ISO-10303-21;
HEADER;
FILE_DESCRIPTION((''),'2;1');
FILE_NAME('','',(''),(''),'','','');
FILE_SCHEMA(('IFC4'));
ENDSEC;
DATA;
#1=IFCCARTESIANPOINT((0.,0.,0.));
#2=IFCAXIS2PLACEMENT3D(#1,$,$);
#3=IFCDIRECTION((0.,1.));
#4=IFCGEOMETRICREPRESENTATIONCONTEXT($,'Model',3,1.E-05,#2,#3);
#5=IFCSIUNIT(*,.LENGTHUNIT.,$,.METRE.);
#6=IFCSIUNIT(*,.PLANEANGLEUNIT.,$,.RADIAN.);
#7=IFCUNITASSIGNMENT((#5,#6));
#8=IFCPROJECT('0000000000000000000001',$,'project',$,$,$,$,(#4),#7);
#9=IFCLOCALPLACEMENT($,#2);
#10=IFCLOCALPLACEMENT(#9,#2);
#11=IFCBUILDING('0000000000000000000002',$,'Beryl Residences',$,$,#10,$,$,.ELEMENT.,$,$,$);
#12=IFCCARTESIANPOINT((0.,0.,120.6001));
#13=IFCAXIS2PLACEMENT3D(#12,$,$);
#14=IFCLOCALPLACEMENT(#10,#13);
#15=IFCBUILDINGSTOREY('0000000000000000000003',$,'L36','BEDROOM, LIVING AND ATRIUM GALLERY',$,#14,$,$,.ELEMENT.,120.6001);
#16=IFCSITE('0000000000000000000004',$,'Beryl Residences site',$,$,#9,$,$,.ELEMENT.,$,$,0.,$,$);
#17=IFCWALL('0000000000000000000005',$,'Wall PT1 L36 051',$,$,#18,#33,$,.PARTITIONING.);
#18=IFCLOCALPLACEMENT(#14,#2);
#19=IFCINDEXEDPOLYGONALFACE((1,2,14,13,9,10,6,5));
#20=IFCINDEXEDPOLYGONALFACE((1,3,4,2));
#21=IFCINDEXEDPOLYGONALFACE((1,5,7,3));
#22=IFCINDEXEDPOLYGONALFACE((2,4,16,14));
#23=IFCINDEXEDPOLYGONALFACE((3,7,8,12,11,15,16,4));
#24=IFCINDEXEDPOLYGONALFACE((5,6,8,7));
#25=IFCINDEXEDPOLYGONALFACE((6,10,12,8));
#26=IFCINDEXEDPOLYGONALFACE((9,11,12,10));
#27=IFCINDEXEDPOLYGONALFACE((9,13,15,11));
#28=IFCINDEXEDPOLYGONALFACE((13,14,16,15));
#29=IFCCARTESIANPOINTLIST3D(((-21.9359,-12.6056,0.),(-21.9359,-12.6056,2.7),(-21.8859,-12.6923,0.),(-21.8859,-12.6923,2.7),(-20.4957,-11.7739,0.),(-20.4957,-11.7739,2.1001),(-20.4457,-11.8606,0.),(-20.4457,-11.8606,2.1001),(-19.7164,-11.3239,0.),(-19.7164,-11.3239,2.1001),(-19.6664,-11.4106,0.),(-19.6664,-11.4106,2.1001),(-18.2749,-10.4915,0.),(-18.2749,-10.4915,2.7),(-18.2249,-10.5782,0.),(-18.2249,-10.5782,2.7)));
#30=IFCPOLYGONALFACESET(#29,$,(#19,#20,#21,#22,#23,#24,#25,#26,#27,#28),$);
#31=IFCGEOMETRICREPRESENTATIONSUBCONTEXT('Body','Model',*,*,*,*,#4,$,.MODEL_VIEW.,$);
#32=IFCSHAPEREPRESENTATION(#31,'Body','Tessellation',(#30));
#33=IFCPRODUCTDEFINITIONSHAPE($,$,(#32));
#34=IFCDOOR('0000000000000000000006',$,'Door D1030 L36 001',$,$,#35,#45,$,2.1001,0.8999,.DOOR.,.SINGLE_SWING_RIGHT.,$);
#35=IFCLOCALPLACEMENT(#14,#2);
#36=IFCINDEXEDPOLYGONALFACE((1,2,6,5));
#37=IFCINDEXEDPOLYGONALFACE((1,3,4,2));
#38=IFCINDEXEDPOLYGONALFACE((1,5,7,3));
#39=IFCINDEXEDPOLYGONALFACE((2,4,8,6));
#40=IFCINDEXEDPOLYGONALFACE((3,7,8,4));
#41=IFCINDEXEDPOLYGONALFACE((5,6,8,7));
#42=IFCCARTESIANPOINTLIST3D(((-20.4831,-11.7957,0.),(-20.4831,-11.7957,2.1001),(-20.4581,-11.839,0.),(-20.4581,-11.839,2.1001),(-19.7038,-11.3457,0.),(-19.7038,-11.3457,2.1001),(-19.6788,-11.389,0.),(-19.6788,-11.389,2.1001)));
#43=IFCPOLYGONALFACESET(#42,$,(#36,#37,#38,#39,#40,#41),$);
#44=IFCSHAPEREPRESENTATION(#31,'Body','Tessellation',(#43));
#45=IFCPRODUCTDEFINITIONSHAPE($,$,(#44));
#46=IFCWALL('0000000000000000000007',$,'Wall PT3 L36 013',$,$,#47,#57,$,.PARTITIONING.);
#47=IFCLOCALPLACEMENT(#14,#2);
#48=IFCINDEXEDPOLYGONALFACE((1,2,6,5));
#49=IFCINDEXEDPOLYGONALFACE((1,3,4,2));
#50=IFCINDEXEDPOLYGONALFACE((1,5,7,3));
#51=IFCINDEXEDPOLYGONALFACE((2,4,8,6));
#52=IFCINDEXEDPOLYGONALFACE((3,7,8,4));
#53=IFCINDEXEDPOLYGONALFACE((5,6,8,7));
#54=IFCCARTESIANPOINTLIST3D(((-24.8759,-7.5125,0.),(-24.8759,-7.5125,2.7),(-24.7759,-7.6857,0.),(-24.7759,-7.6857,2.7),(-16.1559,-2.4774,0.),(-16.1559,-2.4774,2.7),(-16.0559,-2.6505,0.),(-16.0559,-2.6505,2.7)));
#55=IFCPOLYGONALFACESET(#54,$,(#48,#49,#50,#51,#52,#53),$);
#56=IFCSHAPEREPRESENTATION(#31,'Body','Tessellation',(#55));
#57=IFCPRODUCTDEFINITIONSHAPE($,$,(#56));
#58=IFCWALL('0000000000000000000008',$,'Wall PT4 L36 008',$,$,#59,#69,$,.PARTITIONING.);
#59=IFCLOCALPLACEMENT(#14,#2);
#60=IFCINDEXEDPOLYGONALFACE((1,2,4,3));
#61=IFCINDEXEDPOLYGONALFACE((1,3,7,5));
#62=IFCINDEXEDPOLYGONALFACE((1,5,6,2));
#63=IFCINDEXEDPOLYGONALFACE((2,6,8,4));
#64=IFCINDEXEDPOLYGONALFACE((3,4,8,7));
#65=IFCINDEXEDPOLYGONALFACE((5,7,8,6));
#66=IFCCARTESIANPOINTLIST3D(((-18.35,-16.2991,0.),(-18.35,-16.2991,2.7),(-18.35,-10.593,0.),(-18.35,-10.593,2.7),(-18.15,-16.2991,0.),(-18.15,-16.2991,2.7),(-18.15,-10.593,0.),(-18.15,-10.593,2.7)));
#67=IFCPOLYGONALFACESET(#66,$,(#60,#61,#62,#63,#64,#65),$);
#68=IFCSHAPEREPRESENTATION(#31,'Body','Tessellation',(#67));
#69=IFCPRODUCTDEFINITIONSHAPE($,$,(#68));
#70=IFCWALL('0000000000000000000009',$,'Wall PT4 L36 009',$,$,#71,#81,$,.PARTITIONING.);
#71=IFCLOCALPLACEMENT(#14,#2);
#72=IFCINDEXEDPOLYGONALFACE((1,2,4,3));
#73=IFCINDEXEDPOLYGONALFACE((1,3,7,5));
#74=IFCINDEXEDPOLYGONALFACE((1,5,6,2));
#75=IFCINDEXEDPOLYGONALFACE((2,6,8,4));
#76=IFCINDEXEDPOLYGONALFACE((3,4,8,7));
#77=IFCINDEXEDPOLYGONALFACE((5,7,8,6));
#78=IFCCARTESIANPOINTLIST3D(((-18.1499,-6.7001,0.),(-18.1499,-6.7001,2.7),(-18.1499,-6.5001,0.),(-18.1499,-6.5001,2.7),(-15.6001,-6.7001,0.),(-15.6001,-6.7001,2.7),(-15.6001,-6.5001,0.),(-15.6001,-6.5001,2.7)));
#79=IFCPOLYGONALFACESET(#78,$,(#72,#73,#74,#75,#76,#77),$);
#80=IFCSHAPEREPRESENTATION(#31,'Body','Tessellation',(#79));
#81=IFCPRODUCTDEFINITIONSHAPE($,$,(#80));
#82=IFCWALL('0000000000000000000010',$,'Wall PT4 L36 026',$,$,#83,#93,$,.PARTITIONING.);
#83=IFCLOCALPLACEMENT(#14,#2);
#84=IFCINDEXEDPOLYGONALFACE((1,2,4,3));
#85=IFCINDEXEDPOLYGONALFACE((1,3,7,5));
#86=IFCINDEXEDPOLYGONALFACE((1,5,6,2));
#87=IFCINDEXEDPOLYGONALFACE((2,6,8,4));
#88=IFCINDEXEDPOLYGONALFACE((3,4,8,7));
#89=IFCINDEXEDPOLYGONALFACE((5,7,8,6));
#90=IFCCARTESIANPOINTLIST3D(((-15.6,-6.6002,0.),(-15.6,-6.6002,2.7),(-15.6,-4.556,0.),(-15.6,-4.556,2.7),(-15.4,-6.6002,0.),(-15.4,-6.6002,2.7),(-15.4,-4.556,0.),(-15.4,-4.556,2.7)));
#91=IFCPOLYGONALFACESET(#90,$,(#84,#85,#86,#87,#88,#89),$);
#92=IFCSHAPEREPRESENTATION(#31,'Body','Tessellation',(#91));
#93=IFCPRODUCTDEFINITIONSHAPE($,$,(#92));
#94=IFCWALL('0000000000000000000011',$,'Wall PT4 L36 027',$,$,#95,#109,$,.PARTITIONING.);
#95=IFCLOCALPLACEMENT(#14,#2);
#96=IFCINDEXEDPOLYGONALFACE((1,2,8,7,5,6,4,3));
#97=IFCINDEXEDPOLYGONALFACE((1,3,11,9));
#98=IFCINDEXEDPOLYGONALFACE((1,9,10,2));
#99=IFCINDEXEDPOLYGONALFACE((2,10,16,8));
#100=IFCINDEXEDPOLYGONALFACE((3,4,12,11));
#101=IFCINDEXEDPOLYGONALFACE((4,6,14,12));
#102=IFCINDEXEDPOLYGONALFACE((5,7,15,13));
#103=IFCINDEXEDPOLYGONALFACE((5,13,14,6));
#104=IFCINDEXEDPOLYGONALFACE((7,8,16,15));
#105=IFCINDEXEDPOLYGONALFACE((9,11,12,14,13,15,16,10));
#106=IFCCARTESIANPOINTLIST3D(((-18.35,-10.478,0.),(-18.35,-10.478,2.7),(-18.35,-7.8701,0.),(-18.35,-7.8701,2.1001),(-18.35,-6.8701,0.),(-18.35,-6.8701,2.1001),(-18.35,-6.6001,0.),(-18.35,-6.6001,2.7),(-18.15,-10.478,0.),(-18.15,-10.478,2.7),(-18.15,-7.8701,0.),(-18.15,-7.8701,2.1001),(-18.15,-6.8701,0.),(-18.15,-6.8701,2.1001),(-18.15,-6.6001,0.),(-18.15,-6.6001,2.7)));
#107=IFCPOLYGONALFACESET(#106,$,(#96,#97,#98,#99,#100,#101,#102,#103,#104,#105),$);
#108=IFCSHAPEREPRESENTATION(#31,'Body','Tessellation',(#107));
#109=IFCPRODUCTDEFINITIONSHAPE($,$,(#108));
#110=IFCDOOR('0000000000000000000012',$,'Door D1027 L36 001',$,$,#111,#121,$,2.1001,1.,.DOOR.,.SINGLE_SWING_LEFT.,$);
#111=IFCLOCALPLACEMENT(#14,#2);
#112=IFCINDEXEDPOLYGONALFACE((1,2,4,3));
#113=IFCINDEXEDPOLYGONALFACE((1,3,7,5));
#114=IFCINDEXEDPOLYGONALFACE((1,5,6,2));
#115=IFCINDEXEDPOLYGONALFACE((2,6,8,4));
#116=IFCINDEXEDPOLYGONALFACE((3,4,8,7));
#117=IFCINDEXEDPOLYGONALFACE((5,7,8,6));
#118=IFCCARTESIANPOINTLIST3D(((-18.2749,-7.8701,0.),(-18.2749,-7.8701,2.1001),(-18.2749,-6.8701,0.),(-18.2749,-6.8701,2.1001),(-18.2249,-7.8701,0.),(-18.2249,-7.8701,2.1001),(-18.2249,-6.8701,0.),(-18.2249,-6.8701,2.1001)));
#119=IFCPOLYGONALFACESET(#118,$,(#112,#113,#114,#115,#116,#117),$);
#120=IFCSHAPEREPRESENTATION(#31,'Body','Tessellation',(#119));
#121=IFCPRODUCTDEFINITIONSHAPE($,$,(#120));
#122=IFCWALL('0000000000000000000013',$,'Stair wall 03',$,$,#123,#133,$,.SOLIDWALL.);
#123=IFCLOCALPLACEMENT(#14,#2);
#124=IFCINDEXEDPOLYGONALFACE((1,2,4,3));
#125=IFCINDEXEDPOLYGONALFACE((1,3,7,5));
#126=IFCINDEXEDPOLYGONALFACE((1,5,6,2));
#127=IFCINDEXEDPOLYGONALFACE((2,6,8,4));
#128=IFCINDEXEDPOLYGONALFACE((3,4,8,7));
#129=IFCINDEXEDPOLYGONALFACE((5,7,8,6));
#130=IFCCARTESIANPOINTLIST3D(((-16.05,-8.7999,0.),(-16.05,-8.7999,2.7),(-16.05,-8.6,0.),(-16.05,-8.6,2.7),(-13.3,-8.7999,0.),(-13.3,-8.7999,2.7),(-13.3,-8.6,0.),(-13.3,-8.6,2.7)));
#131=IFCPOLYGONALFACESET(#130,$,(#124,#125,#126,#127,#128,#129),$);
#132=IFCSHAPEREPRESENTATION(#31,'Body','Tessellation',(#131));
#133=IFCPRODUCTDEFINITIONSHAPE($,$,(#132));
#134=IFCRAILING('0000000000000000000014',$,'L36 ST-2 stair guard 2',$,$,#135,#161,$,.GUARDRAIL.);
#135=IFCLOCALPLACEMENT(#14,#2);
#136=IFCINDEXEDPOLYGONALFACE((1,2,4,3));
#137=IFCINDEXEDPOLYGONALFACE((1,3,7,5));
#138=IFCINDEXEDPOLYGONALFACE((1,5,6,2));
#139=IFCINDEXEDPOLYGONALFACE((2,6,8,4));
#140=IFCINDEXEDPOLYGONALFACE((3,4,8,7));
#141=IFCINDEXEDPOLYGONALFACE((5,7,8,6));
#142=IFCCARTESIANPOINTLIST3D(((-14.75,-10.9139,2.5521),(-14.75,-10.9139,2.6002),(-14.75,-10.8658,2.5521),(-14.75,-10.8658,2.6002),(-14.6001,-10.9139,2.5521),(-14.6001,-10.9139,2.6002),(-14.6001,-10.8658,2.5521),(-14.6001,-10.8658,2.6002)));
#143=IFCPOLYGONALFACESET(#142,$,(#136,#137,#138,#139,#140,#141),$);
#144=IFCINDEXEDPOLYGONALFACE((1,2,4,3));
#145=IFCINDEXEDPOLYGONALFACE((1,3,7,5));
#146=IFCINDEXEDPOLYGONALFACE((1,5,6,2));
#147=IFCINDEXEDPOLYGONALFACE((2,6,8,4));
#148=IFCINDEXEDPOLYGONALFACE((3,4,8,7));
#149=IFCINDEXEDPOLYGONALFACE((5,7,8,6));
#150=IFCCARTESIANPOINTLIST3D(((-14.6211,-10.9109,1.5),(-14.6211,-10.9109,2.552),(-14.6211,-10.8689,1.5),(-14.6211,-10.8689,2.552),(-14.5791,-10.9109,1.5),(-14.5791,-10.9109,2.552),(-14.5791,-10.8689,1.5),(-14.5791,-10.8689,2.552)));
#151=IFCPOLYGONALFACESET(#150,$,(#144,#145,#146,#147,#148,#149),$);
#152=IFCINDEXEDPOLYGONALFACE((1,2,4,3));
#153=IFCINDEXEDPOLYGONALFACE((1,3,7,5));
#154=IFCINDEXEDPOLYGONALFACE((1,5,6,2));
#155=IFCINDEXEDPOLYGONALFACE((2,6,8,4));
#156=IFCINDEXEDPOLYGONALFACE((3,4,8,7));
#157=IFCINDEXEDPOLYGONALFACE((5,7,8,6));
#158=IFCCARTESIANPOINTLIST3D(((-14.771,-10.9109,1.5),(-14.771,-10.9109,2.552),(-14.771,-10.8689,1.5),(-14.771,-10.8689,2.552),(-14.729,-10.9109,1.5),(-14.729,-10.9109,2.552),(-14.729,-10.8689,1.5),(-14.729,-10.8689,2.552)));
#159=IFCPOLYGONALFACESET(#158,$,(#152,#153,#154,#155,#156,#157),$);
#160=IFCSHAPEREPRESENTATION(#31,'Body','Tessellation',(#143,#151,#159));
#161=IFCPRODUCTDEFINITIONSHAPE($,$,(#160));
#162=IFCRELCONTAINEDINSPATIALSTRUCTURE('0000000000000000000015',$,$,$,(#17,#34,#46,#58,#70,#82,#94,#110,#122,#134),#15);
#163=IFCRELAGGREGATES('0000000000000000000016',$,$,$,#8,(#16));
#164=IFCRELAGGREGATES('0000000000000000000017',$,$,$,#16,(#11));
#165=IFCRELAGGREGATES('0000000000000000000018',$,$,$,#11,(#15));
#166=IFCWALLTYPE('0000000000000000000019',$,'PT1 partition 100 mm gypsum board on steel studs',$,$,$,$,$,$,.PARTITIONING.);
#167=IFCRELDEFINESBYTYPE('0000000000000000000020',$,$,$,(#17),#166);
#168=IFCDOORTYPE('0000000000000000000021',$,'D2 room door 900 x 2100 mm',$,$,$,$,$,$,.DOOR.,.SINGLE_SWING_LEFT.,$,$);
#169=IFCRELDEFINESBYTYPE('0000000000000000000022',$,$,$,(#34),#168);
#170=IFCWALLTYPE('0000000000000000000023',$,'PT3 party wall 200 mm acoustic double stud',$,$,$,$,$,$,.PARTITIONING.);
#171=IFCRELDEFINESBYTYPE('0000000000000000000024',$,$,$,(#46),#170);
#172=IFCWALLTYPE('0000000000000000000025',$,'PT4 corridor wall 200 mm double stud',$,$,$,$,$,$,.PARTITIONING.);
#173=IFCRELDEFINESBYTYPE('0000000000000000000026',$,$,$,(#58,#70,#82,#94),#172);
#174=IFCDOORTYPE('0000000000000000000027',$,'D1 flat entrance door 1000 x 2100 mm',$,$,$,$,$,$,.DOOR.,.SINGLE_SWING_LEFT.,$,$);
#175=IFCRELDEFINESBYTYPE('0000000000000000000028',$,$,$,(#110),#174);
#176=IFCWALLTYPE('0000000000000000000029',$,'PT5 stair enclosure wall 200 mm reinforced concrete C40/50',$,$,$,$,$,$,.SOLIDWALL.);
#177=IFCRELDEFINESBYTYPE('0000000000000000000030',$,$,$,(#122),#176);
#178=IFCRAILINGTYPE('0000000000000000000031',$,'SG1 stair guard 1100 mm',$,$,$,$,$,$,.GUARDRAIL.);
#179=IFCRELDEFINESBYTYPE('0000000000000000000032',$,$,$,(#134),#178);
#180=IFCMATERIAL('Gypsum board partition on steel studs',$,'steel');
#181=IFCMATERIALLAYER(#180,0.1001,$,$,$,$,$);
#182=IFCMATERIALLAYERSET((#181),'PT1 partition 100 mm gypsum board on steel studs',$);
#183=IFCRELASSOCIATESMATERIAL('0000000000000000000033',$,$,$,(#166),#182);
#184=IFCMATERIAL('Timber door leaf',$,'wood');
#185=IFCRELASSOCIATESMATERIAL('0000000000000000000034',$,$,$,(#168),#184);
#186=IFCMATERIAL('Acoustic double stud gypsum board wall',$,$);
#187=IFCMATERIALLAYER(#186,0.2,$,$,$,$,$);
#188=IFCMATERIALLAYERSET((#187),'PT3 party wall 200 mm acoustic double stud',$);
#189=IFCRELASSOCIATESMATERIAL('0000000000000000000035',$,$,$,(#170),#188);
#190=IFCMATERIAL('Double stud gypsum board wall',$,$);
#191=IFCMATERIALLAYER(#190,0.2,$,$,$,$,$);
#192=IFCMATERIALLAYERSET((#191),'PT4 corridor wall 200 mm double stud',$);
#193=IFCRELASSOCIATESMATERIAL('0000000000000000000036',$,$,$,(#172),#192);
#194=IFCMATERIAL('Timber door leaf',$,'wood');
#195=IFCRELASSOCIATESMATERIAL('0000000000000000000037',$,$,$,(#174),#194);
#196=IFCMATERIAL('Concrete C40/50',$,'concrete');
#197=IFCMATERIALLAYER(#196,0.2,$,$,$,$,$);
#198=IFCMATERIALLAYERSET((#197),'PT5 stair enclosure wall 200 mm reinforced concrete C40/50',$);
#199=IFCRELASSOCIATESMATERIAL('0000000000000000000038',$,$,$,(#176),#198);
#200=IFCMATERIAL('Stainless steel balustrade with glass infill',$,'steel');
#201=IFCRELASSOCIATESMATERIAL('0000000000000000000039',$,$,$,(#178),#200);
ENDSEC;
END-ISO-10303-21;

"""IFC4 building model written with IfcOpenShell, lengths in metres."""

from ifc_helpers import new_model, si_unit, direction, frame, frame_2d, origin, origin_2d, place, context, subcontext, project, spatial, rectangle, extrude, material, layer, layer_set, type_object, element, fill, save


model = new_model("IFC4")

# Units and contexts
model_context = context("Model", 3, precision=1e-05, world=origin(), true_north=direction((0.0, 1.0)))
body_context = subcontext(model_context, "Body", "Model", "MODEL_VIEW")
ifc_project = project(units=[si_unit("LENGTHUNIT", "METRE"), si_unit("PLANEANGLEUNIT", "RADIAN")], contexts=[model_context])

# Site, building, storey
site_placement = place(None, origin())
site = spatial("IfcSite", under=ifc_project, at=site_placement, Name="Beryl Residences site", CompositionType="ELEMENT", RefElevation=0.0)
building_placement = place(site_placement, origin())
building = spatial("IfcBuilding", under=site, at=building_placement, Name="Beryl Residences", CompositionType="ELEMENT")
storey_placement = place(building_placement, frame((0.0, 0.0, 120.6001)))
storey = spatial("IfcBuildingStorey", under=building, at=storey_placement, Name="L36", Description="BEDROOM, LIVING AND ATRIUM GALLERY", CompositionType="ELEMENT", Elevation=120.6001)

# Shared definitions
ifc_material_1 = material(Name="Gypsum board partition on steel studs", Category="steel")
ifc_layer_1 = layer(ifc_material_1, 0.1001)
ifc_layer_set_1 = layer_set([ifc_layer_1], Name="PT1 partition 100 mm gypsum board on steel studs")
wall_type_1 = type_object("IfcWallType", Name="PT1 partition 100 mm gypsum board on steel studs", PredefinedType="PARTITIONING", material=ifc_layer_set_1)
ifc_material_2 = material(Name="Timber door leaf", Category="wood")
door_type_1 = type_object("IfcDoorType", Name="D2 room door 900 x 2100 mm", OperationType="SINGLE_SWING_LEFT", PredefinedType="DOOR", material=ifc_material_2)

# Wall, opening, door
wall_1_placement = place(storey_placement, frame((-21.9109, -12.6489, 0.0), z_axis=(0.0, 0.0, 1.0), x_axis=(0.865985, 0.500071, 0.0)))
wall_1 = element("IfcWall", 1, at=wall_1_placement, inside=storey, type_object=wall_type_1, Name="Wall PT1 L36 051", PredefinedType="PARTITIONING", context=body_context, shape_type="SweptSolid", body=[
    extrude(rectangle(XDim=4.2275, YDim=0.1001, at=frame_2d((2.1138, 0.0))), origin(), (0.0, 0.0, 1.0), 2.7),
])
opening_1_placement = place(wall_1_placement, frame((1.6631, 0.0, 0.0)))
opening_1 = element("IfcOpeningElement", 2, at=opening_1_placement, cuts=wall_1, PredefinedType="OPENING", context=body_context, shape_type="SweptSolid", body=[
    extrude(rectangle(XDim=0.8999, YDim=2.1001, at=frame_2d((0.45, 1.05))), frame((0.0, 0.0601, 0.0), z_axis=(0.0, -1.0, 0.0), x_axis=(1.0, 0.0, 0.0)), (0.0, 0.0, 1.0), 0.1201),
])
door_1_placement = place(opening_1_placement, origin())
door_1 = element("IfcDoor", 3, at=door_1_placement, inside=storey, type_object=door_type_1, Name="Door D1030 L36 001", OperationType="SINGLE_SWING_RIGHT", OverallHeight=2.1001, OverallWidth=0.8999, PredefinedType="DOOR", context=body_context, shape_type="SweptSolid", body=[
    extrude(rectangle(XDim=0.8999, YDim=2.1001, at=frame_2d((0.45, 1.05))), frame((0.0, 0.0249, 0.0), z_axis=(0.0, -1.0, 0.0), x_axis=(1.0, 0.0, 0.0)), (0.0, 0.0, 1.0), 0.05),
])
fill(opening_1, door_1)

# Walls
ifc_material_3 = material(Name="Acoustic double stud gypsum board wall")
ifc_layer_2 = layer(ifc_material_3, 0.2)
ifc_layer_set_2 = layer_set([ifc_layer_2], Name="PT3 party wall 200 mm acoustic double stud")
wall_type_2 = type_object("IfcWallType", Name="PT3 party wall 200 mm acoustic double stud", PredefinedType="PARTITIONING", material=ifc_layer_set_2)
wall_2_placement = place(storey_placement, frame((-24.8259, -7.5991, 0.0), z_axis=(0.0, 0.0, 1.0), x_axis=(0.865996, 0.500051, 0.0)))
element("IfcWall", 4, at=wall_2_placement, inside=storey, type_object=wall_type_2, Name="Wall PT3 L36 013", PredefinedType="PARTITIONING", context=body_context, shape_type="SweptSolid", body=[
    extrude(rectangle(XDim=10.0693, YDim=0.2, at=frame_2d((5.0347, 0.0))), origin(), (0.0, 0.0, 1.0), 2.7),
])
ifc_material_4 = material(Name="Double stud gypsum board wall")
ifc_layer_3 = layer(ifc_material_4, 0.2)
ifc_layer_set_3 = layer_set([ifc_layer_3], Name="PT4 corridor wall 200 mm double stud")
wall_type_3 = type_object("IfcWallType", Name="PT4 corridor wall 200 mm double stud", PredefinedType="PARTITIONING", material=ifc_layer_set_3)
wall_3_placement = place(storey_placement, frame((-18.25, -10.593, 0.0), z_axis=(0.0, 0.0, 1.0), x_axis=(0.0, -1.0, 0.0)))
element("IfcWall", 5, at=wall_3_placement, inside=storey, type_object=wall_type_3, Name="Wall PT4 L36 008", PredefinedType="PARTITIONING", context=body_context, shape_type="SweptSolid", body=[
    extrude(rectangle(XDim=5.7061, YDim=0.2, at=frame_2d((2.853, 0.0))), origin(), (0.0, 0.0, 1.0), 2.7),
])
wall_4_placement = place(storey_placement, frame((-18.1499, -6.6001, 0.0), z_axis=(0.0, 0.0, 1.0), x_axis=(1.0, 0.0, 0.0)))
element("IfcWall", 6, at=wall_4_placement, inside=storey, type_object=wall_type_3, Name="Wall PT4 L36 009", PredefinedType="PARTITIONING", context=body_context, shape_type="SweptSolid", body=[
    extrude(rectangle(XDim=2.5498, YDim=0.2, at=frame_2d((1.2749, 0.0))), origin(), (0.0, 0.0, 1.0), 2.7),
])
wall_5_placement = place(storey_placement, frame((-15.5, -6.6001, 0.0), z_axis=(0.0, 0.0, 1.0), x_axis=(0.0, 1.0, 0.0)))
element("IfcWall", 7, at=wall_5_placement, inside=storey, type_object=wall_type_3, Name="Wall PT4 L36 026", PredefinedType="PARTITIONING", context=body_context, shape_type="SweptSolid", body=[
    extrude(rectangle(XDim=2.0442, YDim=0.2, at=frame_2d((1.022, 0.0))), origin(), (0.0, 0.0, 1.0), 2.7),
])

# Wall, opening, door
wall_6_placement = place(storey_placement, frame((-18.25, -10.478, 0.0), z_axis=(0.0, 0.0, 1.0), x_axis=(0.0, 1.0, 0.0)))
wall_6 = element("IfcWall", 8, at=wall_6_placement, inside=storey, type_object=wall_type_3, Name="Wall PT4 L36 027", PredefinedType="PARTITIONING", context=body_context, shape_type="SweptSolid", body=[
    extrude(rectangle(XDim=3.8779, YDim=0.2, at=frame_2d((1.939, 0.0))), origin(), (0.0, 0.0, 1.0), 2.7),
])
opening_2_placement = place(wall_6_placement, frame((2.6079, 0.0, 0.0)))
opening_2 = element("IfcOpeningElement", 9, at=opening_2_placement, cuts=wall_6, PredefinedType="OPENING", context=body_context, shape_type="SweptSolid", body=[
    extrude(rectangle(XDim=1.0, YDim=2.1001, at=frame_2d((0.5, 1.05))), frame((0.0, 0.1099, 0.0), z_axis=(0.0, -1.0, 0.0), x_axis=(1.0, 0.0, 0.0)), (0.0, 0.0, 1.0), 0.22),
])
ifc_material_5 = material(Name="Timber door leaf", Category="wood")
door_type_2 = type_object("IfcDoorType", Name="D1 flat entrance door 1000 x 2100 mm", OperationType="SINGLE_SWING_LEFT", PredefinedType="DOOR", material=ifc_material_5)
door_2_placement = place(opening_2_placement, origin())
door_2 = element("IfcDoor", 10, at=door_2_placement, inside=storey, type_object=door_type_2, Name="Door D1027 L36 001", OperationType="SINGLE_SWING_LEFT", OverallHeight=2.1001, OverallWidth=1.0, PredefinedType="DOOR", context=body_context, shape_type="SweptSolid", body=[
    extrude(rectangle(XDim=1.0, YDim=2.1001, at=frame_2d((0.5, 1.05))), frame((0.0, 0.0249, 0.0), z_axis=(0.0, -1.0, 0.0), x_axis=(1.0, 0.0, 0.0)), (0.0, 0.0, 1.0), 0.05),
])
fill(opening_2, door_2)

# Wall
ifc_material_6 = material(Name="Concrete C40/50", Category="concrete")
ifc_layer_4 = layer(ifc_material_6, 0.2)
ifc_layer_set_4 = layer_set([ifc_layer_4], Name="PT5 stair enclosure wall 200 mm reinforced concrete C40/50")
wall_type_4 = type_object("IfcWallType", Name="PT5 stair enclosure wall 200 mm reinforced concrete C40/50", PredefinedType="SOLIDWALL", material=ifc_layer_set_4)
wall_7_placement = place(storey_placement, frame((-16.05, -8.7, 0.0), z_axis=(0.0, 0.0, 1.0), x_axis=(1.0, 0.0, 0.0)))
element("IfcWall", 11, at=wall_7_placement, inside=storey, type_object=wall_type_4, Name="Stair wall 03", PredefinedType="SOLIDWALL", context=body_context, shape_type="SweptSolid", body=[
    extrude(rectangle(XDim=2.75, YDim=0.2, at=frame_2d((1.375, 0.0))), origin(), (0.0, 0.0, 1.0), 2.7),
])

# Railing
ifc_material_7 = material(Name="Stainless steel balustrade with glass infill", Category="steel")
railing_type_1 = type_object("IfcRailingType", Name="SG1 stair guard 1100 mm", PredefinedType="GUARDRAIL", material=ifc_material_7)
railing_1_placement = place(storey_placement, frame((-14.6001, -10.8899, 1.5)))
element("IfcRailing", 12, at=railing_1_placement, inside=storey, type_object=railing_type_1, Name="L36 ST-2 stair guard 2", PredefinedType="GUARDRAIL", context=body_context, shape_type="SweptSolid", body=[
    extrude(rectangle(XDim=0.0481, YDim=0.0481, at=origin_2d()), frame((0.0, 0.0, 1.0762), z_axis=(-1.0, 0.0, 0.0), x_axis=(0.0, -1.0, 0.0)), (0.0, 0.0, 1.0), 0.1499),
    extrude(rectangle(XDim=0.042, YDim=0.042, at=origin_2d()), origin(), (0.0, 0.0, 1.0), 1.052),
    extrude(rectangle(XDim=0.042, YDim=0.042, at=origin_2d()), frame((-0.1499, 0.0, 0.0)), (0.0, 0.0, 1.0), 1.052),
])

save(model, "model.ifc")
